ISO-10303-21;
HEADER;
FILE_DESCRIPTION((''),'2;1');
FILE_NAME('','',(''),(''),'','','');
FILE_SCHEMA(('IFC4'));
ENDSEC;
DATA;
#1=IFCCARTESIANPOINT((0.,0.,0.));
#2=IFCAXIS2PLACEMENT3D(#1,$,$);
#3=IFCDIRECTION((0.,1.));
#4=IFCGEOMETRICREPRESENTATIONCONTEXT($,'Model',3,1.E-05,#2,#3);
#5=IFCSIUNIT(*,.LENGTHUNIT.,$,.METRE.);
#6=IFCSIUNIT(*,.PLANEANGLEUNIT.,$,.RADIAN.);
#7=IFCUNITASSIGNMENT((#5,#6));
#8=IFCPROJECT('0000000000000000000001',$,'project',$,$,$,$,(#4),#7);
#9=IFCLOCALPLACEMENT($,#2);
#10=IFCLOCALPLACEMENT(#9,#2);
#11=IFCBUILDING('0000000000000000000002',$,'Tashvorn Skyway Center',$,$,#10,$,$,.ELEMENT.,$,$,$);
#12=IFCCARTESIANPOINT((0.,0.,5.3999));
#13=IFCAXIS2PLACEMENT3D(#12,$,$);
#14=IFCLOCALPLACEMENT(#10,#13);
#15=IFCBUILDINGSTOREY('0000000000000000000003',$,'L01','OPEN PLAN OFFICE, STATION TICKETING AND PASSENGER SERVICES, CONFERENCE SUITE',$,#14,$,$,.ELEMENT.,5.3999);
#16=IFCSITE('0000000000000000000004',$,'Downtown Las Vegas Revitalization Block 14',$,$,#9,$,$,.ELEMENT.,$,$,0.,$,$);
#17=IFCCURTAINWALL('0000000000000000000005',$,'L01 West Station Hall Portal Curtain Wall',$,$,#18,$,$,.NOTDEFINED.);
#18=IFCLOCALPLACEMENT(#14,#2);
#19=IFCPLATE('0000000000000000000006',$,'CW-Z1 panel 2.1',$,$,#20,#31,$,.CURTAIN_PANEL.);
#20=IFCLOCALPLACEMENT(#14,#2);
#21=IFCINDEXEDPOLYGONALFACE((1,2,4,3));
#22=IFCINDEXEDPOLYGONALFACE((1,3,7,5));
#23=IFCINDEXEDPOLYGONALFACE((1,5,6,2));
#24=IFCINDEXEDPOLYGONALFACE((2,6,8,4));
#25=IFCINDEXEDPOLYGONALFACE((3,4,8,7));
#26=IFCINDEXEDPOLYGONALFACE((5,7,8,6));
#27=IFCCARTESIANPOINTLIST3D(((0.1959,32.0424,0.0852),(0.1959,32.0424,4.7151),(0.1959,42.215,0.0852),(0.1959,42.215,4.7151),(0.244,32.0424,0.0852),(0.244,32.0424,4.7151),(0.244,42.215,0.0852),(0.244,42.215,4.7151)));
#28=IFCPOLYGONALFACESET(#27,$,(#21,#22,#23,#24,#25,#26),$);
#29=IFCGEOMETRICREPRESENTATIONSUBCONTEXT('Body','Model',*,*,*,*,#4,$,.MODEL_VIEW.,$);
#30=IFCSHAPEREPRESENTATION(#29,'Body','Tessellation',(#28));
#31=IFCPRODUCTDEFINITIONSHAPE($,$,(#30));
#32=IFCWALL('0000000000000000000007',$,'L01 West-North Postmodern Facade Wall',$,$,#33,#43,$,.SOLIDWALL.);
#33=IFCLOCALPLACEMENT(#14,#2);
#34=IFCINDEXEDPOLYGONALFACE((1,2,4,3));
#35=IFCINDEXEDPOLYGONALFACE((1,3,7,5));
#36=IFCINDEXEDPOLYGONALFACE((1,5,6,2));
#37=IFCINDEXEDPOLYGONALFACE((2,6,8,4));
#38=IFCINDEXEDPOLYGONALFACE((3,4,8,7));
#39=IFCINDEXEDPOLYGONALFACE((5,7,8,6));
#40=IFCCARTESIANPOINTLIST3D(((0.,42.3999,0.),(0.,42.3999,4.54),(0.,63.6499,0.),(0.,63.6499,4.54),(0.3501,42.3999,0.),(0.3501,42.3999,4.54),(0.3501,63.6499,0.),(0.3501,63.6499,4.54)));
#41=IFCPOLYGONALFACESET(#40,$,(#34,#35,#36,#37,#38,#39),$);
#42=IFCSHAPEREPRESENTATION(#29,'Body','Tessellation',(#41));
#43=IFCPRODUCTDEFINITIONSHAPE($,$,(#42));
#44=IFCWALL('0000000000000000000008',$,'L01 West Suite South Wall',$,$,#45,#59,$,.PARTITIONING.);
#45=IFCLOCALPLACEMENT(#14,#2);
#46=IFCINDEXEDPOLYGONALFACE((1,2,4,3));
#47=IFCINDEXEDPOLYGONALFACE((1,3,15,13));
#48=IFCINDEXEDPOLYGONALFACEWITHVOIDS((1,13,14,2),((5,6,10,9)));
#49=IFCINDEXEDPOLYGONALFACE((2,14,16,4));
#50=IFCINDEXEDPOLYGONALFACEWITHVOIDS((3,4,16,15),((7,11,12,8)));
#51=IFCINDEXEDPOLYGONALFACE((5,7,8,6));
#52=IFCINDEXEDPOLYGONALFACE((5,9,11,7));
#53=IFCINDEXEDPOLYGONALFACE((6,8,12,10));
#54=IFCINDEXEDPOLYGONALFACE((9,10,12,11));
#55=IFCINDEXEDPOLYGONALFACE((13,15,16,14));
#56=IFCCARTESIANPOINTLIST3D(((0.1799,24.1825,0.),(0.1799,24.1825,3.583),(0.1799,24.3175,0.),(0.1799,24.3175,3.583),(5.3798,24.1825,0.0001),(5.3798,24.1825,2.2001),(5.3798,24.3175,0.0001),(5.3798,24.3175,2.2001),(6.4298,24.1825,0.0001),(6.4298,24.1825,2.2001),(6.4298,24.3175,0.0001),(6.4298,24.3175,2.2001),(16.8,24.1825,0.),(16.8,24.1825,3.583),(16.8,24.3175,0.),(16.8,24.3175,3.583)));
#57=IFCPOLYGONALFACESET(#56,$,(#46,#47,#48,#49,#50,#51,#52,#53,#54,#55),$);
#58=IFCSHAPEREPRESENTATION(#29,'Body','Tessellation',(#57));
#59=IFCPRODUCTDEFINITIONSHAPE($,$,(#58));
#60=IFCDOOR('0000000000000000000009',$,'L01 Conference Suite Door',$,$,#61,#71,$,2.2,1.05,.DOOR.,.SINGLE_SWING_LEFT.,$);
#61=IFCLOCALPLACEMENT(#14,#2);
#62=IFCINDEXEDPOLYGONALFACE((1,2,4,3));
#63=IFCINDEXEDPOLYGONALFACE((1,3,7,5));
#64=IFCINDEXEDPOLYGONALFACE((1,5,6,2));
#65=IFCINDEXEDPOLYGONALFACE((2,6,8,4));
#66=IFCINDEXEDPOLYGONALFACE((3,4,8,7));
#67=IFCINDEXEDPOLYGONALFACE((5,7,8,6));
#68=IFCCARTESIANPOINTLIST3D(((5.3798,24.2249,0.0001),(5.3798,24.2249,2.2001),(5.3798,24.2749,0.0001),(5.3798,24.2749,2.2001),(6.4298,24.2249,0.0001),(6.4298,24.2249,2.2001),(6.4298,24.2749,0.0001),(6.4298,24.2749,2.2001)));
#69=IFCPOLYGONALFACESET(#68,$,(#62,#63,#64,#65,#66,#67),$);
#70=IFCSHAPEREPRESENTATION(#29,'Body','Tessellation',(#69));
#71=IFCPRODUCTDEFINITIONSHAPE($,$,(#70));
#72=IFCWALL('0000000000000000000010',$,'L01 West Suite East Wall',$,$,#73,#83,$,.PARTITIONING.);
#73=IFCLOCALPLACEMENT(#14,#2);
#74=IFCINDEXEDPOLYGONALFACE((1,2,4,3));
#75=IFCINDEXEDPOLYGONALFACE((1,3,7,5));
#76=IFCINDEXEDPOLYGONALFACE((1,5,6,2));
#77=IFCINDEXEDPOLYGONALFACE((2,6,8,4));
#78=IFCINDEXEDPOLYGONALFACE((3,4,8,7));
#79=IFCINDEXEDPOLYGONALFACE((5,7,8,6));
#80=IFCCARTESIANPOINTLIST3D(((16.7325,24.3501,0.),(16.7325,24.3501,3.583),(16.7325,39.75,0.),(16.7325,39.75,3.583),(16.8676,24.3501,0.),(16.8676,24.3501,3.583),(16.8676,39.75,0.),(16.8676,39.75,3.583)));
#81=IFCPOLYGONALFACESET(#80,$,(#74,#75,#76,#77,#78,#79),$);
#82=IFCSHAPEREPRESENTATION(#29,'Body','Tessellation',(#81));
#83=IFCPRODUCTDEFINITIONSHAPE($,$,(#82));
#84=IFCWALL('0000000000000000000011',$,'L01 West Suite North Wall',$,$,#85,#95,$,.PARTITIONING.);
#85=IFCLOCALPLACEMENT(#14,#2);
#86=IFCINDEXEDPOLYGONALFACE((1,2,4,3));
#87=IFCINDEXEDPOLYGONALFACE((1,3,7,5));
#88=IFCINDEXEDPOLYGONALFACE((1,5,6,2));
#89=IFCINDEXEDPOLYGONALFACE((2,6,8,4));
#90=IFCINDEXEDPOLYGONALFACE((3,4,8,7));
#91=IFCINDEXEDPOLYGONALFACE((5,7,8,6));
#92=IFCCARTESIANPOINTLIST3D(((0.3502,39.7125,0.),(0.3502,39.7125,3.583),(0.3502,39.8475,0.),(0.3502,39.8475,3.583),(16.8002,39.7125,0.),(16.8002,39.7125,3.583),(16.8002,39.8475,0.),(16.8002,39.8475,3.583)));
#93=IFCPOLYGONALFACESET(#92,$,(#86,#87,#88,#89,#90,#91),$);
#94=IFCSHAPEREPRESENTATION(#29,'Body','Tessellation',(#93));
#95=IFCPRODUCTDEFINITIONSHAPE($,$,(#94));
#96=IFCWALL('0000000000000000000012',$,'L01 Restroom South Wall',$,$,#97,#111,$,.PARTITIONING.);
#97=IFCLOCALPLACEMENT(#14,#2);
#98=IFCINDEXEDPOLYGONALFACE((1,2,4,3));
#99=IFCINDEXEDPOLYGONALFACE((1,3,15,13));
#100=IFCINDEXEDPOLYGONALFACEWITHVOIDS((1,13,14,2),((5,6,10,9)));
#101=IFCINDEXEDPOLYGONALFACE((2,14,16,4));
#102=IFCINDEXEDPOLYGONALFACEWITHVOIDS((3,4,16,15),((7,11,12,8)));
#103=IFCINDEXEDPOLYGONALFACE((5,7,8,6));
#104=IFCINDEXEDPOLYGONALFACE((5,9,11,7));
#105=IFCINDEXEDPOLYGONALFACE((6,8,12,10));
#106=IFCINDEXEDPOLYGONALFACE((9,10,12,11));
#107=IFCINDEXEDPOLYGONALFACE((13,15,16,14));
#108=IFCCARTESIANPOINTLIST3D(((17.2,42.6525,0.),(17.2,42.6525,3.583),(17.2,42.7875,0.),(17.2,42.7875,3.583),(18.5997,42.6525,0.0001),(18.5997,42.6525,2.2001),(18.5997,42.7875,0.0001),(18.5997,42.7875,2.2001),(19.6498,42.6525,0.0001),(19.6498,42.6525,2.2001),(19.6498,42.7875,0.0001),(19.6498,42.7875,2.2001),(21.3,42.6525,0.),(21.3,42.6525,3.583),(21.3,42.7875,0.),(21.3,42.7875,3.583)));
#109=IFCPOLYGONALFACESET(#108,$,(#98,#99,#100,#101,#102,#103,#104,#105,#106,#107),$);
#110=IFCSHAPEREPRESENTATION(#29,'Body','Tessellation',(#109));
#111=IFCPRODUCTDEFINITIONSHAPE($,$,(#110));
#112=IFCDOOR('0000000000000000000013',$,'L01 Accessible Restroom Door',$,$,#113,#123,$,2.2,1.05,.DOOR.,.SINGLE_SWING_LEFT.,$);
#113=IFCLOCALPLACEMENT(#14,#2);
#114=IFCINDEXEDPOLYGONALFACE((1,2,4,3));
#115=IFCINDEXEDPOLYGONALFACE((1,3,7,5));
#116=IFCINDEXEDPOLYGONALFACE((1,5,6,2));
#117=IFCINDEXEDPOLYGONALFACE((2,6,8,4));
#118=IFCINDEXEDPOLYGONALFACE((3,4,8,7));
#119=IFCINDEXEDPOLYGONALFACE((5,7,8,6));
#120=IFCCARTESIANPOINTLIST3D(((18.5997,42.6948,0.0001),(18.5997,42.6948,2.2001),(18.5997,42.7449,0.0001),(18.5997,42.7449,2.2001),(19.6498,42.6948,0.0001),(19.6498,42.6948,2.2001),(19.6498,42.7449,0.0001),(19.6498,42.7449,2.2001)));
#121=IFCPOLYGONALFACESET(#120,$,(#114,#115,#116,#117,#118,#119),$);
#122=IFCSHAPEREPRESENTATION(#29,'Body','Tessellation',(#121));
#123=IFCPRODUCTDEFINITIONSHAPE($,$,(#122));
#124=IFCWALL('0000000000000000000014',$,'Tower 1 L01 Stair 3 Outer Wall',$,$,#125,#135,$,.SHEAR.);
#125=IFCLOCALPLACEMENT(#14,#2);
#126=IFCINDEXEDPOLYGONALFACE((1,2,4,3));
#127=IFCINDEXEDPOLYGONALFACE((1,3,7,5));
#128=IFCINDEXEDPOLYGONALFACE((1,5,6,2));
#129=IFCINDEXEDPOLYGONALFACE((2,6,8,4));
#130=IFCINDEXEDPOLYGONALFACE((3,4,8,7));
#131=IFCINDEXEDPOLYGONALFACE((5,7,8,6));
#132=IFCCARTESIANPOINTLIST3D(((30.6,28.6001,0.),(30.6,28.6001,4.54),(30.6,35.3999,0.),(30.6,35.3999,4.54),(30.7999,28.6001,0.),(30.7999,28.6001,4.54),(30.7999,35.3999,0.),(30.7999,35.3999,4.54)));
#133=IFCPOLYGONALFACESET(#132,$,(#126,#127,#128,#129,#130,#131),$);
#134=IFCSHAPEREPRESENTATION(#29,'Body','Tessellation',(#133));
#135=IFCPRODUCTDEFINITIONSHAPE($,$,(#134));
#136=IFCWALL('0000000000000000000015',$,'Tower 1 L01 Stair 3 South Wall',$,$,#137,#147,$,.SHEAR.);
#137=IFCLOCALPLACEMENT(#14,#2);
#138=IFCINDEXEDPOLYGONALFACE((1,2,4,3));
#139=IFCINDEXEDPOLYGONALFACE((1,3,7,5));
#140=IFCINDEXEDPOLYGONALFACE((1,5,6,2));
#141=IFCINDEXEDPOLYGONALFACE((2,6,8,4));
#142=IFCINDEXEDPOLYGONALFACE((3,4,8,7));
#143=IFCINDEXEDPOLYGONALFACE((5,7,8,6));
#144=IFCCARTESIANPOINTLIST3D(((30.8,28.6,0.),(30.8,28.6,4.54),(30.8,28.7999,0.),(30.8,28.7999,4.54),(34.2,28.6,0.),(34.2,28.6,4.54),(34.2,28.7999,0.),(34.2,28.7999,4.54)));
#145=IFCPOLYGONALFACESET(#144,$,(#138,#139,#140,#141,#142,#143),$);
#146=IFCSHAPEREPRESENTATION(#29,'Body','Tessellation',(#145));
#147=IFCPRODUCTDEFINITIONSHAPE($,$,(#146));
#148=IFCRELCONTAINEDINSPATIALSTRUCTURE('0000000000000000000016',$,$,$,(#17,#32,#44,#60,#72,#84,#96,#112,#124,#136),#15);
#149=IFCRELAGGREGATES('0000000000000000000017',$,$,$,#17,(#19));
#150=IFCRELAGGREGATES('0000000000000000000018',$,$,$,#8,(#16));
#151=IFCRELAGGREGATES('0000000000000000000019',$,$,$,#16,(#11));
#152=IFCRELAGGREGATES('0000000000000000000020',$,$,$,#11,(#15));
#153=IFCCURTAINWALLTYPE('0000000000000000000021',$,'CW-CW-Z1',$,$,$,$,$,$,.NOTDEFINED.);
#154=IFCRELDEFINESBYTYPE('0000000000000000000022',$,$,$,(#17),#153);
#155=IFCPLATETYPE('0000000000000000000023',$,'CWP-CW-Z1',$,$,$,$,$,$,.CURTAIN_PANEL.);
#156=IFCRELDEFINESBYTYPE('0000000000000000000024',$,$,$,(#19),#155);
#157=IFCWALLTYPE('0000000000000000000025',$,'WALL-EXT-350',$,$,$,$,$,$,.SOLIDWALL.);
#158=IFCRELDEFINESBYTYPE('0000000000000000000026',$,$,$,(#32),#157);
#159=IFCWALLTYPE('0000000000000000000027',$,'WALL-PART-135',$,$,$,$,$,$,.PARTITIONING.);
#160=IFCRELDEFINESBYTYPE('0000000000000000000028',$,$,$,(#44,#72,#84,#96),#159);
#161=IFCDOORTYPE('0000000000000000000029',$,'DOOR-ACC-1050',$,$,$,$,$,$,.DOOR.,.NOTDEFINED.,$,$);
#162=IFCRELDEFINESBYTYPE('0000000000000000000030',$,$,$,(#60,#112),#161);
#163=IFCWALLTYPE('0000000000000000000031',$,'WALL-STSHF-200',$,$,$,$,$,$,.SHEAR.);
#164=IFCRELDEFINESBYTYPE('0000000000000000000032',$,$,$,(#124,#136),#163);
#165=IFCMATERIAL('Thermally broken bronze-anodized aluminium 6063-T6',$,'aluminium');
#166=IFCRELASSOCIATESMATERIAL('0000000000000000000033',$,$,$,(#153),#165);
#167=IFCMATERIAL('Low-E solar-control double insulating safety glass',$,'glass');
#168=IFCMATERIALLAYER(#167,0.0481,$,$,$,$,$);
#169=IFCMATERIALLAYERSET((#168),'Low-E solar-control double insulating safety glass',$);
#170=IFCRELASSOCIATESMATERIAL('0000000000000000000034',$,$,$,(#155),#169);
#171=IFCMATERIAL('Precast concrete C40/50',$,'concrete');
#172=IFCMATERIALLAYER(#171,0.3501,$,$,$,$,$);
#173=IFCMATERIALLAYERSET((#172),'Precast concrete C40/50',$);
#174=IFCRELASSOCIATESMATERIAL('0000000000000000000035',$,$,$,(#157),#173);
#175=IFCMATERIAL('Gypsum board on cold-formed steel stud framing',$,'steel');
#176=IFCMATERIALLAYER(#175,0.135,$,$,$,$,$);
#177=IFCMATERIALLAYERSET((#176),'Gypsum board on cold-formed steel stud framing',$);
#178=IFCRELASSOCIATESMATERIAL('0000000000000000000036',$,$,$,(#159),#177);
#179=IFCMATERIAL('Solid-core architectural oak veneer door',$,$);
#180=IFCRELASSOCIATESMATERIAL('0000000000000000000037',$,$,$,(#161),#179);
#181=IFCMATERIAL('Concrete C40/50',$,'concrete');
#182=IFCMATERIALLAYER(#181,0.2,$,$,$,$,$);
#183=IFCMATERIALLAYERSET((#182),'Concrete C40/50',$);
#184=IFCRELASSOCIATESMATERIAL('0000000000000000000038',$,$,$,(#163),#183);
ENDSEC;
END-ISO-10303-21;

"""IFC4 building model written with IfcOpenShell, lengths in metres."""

from ifc_helpers import new_model, si_unit, direction, frame, frame_2d, origin, origin_2d, place, context, subcontext, project, spatial, rectangle, extrude, material, layer, layer_set, type_object, element, fill, aggregate, save


model = new_model("IFC4")

# Units and contexts
model_context = context("Model", 3, precision=1e-05, world=origin(), true_north=direction((0.0, 1.0)))
body_context = subcontext(model_context, "Body", "Model", "MODEL_VIEW")
ifc_project = project(units=[si_unit("LENGTHUNIT", "METRE"), si_unit("PLANEANGLEUNIT", "RADIAN")], contexts=[model_context])

# Site, building, storey
site_placement = place(None, origin())
site = spatial("IfcSite", under=ifc_project, at=site_placement, Name="Downtown Las Vegas Revitalization Block 14", CompositionType="ELEMENT", RefElevation=0.0)
building_placement = place(site_placement, origin())
building = spatial("IfcBuilding", under=site, at=building_placement, Name="Tashvorn Skyway Center", CompositionType="ELEMENT")
storey_placement = place(building_placement, frame((0.0, 0.0, 5.3999)))
storey = spatial("IfcBuildingStorey", under=building, at=storey_placement, Name="L01", Description="OPEN PLAN OFFICE, STATION TICKETING AND PASSENGER SERVICES, CONFERENCE SUITE", CompositionType="ELEMENT", Elevation=5.3999)

# Shared definitions
ifc_material_1 = material(Name="Precast concrete C40/50", Category="concrete")

# Curtain wall, plate
ifc_material_2 = material(Name="Thermally broken bronze-anodized aluminium 6063-T6", Category="aluminium")
curtain_wall_type = type_object("IfcCurtainWallType", Name="CW-CW-Z1", PredefinedType="NOTDEFINED", material=ifc_material_2)
curtain_wall_placement = place(storey_placement, origin())
curtain_wall = element("IfcCurtainWall", 1, at=curtain_wall_placement, inside=storey, type_object=curtain_wall_type, Name="L01 West Station Hall Portal Curtain Wall", PredefinedType="NOTDEFINED")
ifc_material_3 = material(Name="Low-E solar-control double insulating safety glass", Category="glass")
ifc_layer_1 = layer(ifc_material_3, 0.0481)
ifc_layer_set_1 = layer_set([ifc_layer_1], Name="Low-E solar-control double insulating safety glass")
plate_type = type_object("IfcPlateType", Name="CWP-CW-Z1", PredefinedType="CURTAIN_PANEL", material=ifc_layer_set_1)
plate_1_placement = place(storey_placement, frame((0.22, 37.1287, 0.0852), z_axis=(0.0, 0.0, 1.0), x_axis=(0.0, 1.0, 0.0)))
plate_1 = element("IfcPlate", 2, at=plate_1_placement, type_object=plate_type, Name="CW-Z1 panel 2.1", PredefinedType="CURTAIN_PANEL", context=body_context, shape_type="SweptSolid", body=[
    extrude(rectangle(XDim=10.1726, YDim=0.0481, at=origin_2d()), origin(), (0.0, 0.0, 1.0), 4.6299),
])
aggregate(curtain_wall, [plate_1])

# Wall
ifc_layer_2 = layer(ifc_material_1, 0.3501)
ifc_layer_set_2 = layer_set([ifc_layer_2], Name="Precast concrete C40/50")
wall_type_1 = type_object("IfcWallType", Name="WALL-EXT-350", PredefinedType="SOLIDWALL", material=ifc_layer_set_2)
wall_1_placement = place(storey_placement, frame((0.175, 42.3999, 0.0), z_axis=(0.0, 0.0, 1.0), x_axis=(0.0, 1.0, 0.0)))
element("IfcWall", 3, at=wall_1_placement, inside=storey, type_object=wall_type_1, Name="L01 West-North Postmodern Facade Wall", PredefinedType="SOLIDWALL", context=body_context, shape_type="SweptSolid", body=[
    extrude(rectangle(XDim=21.25, YDim=0.3501, at=frame_2d((10.625, 0.0))), origin(), (0.0, 0.0, 1.0), 4.54),
])

# Wall, opening, door
ifc_material_4 = material(Name="Gypsum board on cold-formed steel stud framing", Category="steel")
ifc_layer_3 = layer(ifc_material_4, 0.135)
ifc_layer_set_3 = layer_set([ifc_layer_3], Name="Gypsum board on cold-formed steel stud framing")
wall_type_2 = type_object("IfcWallType", Name="WALL-PART-135", PredefinedType="PARTITIONING", material=ifc_layer_set_3)
wall_2_placement = place(storey_placement, frame((0.1799, 24.25, 0.0), z_axis=(0.0, 0.0, 1.0), x_axis=(1.0, 0.0, 0.0)))
wall_2 = element("IfcWall", 4, at=wall_2_placement, inside=storey, type_object=wall_type_2, Name="L01 West Suite South Wall", PredefinedType="PARTITIONING", context=body_context, shape_type="SweptSolid", body=[
    extrude(rectangle(XDim=16.6201, YDim=0.135, at=frame_2d((8.3101, 0.0))), origin(), (0.0, 0.0, 1.0), 3.583),
])
opening_1_placement = place(wall_2_placement, frame((5.2, 0.0, 0.0)))
opening_1 = element("IfcOpeningElement", 5, at=opening_1_placement, cuts=wall_2, PredefinedType="OPENING", context=body_context, shape_type="SweptSolid", body=[
    extrude(rectangle(XDim=1.05, YDim=2.2, at=frame_2d((0.5249, 1.1001))), frame((0.0, 0.0774, 0.0), z_axis=(0.0, -1.0, 0.0), x_axis=(1.0, 0.0, 0.0)), (0.0, 0.0, 1.0), 0.155),
])
ifc_material_5 = material(Name="Solid-core architectural oak veneer door")
door_type = type_object("IfcDoorType", Name="DOOR-ACC-1050", OperationType="NOTDEFINED", PredefinedType="DOOR", material=ifc_material_5)
door_1_placement = place(opening_1_placement, origin())
door_1 = element("IfcDoor", 6, at=door_1_placement, inside=storey, type_object=door_type, Name="L01 Conference Suite Door", OperationType="SINGLE_SWING_LEFT", OverallHeight=2.2, OverallWidth=1.05, PredefinedType="DOOR", context=body_context, shape_type="SweptSolid", body=[
    extrude(rectangle(XDim=1.05, YDim=2.2, at=frame_2d((0.5249, 1.1001))), frame((0.0, 0.0249, 0.0), z_axis=(0.0, -1.0, 0.0), x_axis=(1.0, 0.0, 0.0)), (0.0, 0.0, 1.0), 0.05),
])
fill(opening_1, door_1)

# Walls
wall_3_placement = place(storey_placement, frame((16.8, 24.3501, 0.0), z_axis=(0.0, 0.0, 1.0), x_axis=(0.0, 1.0, 0.0)))
element("IfcWall", 7, at=wall_3_placement, inside=storey, type_object=wall_type_2, Name="L01 West Suite East Wall", PredefinedType="PARTITIONING", context=body_context, shape_type="SweptSolid", body=[
    extrude(rectangle(XDim=15.3999, YDim=0.135, at=frame_2d((7.7, 0.0))), origin(), (0.0, 0.0, 1.0), 3.583),
])
wall_4_placement = place(storey_placement, frame((0.3501, 39.78, 0.0), z_axis=(0.0, 0.0, 1.0), x_axis=(1.0, 0.0, 0.0)))
element("IfcWall", 8, at=wall_4_placement, inside=storey, type_object=wall_type_2, Name="L01 West Suite North Wall", PredefinedType="PARTITIONING", context=body_context, shape_type="SweptSolid", body=[
    extrude(rectangle(XDim=16.45, YDim=0.135, at=frame_2d((8.2251, 0.0))), origin(), (0.0, 0.0, 1.0), 3.583),
])

# Wall, opening, door
wall_5_placement = place(storey_placement, frame((17.2, 42.72, 0.0), z_axis=(0.0, 0.0, 1.0), x_axis=(1.0, 0.0, 0.0)))
wall_5 = element("IfcWall", 9, at=wall_5_placement, inside=storey, type_object=wall_type_2, Name="L01 Restroom South Wall", PredefinedType="PARTITIONING", context=body_context, shape_type="SweptSolid", body=[
    extrude(rectangle(XDim=4.1001, YDim=0.135, at=frame_2d((2.05, 0.0))), origin(), (0.0, 0.0, 1.0), 3.583),
])
opening_2_placement = place(wall_5_placement, frame((1.3999, 0.0, 0.0)))
opening_2 = element("IfcOpeningElement", 10, at=opening_2_placement, cuts=wall_5, PredefinedType="OPENING", context=body_context, shape_type="SweptSolid", body=[
    extrude(rectangle(XDim=1.05, YDim=2.2, at=frame_2d((0.5249, 1.1001))), frame((0.0, 0.0774, 0.0), z_axis=(0.0, -1.0, 0.0), x_axis=(1.0, 0.0, 0.0)), (0.0, 0.0, 1.0), 0.155),
])
door_2_placement = place(opening_2_placement, origin())
door_2 = element("IfcDoor", 11, at=door_2_placement, inside=storey, type_object=door_type, Name="L01 Accessible Restroom Door", OperationType="SINGLE_SWING_LEFT", OverallHeight=2.2, OverallWidth=1.05, PredefinedType="DOOR", context=body_context, shape_type="SweptSolid", body=[
    extrude(rectangle(XDim=1.05, YDim=2.2, at=frame_2d((0.5249, 1.1001))), frame((0.0, 0.0249, 0.0), z_axis=(0.0, -1.0, 0.0), x_axis=(1.0, 0.0, 0.0)), (0.0, 0.0, 1.0), 0.05),
])
fill(opening_2, door_2)

# Walls
ifc_material_6 = material(Name="Concrete C40/50", Category="concrete")
ifc_layer_4 = layer(ifc_material_6, 0.2)
ifc_layer_set_4 = layer_set([ifc_layer_4], Name="Concrete C40/50")
wall_type_3 = type_object("IfcWallType", Name="WALL-STSHF-200", PredefinedType="SHEAR", material=ifc_layer_set_4)
wall_6_placement = place(storey_placement, frame((30.7, 28.6001, 0.0), z_axis=(0.0, 0.0, 1.0), x_axis=(0.0, 1.0, 0.0)))
element("IfcWall", 12, at=wall_6_placement, inside=storey, type_object=wall_type_3, Name="Tower 1 L01 Stair 3 Outer Wall", PredefinedType="SHEAR", context=body_context, shape_type="SweptSolid", body=[
    extrude(rectangle(XDim=6.7998, YDim=0.2, at=frame_2d((3.3999, 0.0))), origin(), (0.0, 0.0, 1.0), 4.54),
])
wall_7_placement = place(storey_placement, frame((30.8, 28.7, 0.0), z_axis=(0.0, 0.0, 1.0), x_axis=(1.0, 0.0, 0.0)))
element("IfcWall", 13, at=wall_7_placement, inside=storey, type_object=wall_type_3, Name="Tower 1 L01 Stair 3 South Wall", PredefinedType="SHEAR", context=body_context, shape_type="SweptSolid", body=[
    extrude(rectangle(XDim=3.3999, YDim=0.2, at=frame_2d((1.7, 0.0))), origin(), (0.0, 0.0, 1.0), 4.54),
])

save(model, "model.ifc")
